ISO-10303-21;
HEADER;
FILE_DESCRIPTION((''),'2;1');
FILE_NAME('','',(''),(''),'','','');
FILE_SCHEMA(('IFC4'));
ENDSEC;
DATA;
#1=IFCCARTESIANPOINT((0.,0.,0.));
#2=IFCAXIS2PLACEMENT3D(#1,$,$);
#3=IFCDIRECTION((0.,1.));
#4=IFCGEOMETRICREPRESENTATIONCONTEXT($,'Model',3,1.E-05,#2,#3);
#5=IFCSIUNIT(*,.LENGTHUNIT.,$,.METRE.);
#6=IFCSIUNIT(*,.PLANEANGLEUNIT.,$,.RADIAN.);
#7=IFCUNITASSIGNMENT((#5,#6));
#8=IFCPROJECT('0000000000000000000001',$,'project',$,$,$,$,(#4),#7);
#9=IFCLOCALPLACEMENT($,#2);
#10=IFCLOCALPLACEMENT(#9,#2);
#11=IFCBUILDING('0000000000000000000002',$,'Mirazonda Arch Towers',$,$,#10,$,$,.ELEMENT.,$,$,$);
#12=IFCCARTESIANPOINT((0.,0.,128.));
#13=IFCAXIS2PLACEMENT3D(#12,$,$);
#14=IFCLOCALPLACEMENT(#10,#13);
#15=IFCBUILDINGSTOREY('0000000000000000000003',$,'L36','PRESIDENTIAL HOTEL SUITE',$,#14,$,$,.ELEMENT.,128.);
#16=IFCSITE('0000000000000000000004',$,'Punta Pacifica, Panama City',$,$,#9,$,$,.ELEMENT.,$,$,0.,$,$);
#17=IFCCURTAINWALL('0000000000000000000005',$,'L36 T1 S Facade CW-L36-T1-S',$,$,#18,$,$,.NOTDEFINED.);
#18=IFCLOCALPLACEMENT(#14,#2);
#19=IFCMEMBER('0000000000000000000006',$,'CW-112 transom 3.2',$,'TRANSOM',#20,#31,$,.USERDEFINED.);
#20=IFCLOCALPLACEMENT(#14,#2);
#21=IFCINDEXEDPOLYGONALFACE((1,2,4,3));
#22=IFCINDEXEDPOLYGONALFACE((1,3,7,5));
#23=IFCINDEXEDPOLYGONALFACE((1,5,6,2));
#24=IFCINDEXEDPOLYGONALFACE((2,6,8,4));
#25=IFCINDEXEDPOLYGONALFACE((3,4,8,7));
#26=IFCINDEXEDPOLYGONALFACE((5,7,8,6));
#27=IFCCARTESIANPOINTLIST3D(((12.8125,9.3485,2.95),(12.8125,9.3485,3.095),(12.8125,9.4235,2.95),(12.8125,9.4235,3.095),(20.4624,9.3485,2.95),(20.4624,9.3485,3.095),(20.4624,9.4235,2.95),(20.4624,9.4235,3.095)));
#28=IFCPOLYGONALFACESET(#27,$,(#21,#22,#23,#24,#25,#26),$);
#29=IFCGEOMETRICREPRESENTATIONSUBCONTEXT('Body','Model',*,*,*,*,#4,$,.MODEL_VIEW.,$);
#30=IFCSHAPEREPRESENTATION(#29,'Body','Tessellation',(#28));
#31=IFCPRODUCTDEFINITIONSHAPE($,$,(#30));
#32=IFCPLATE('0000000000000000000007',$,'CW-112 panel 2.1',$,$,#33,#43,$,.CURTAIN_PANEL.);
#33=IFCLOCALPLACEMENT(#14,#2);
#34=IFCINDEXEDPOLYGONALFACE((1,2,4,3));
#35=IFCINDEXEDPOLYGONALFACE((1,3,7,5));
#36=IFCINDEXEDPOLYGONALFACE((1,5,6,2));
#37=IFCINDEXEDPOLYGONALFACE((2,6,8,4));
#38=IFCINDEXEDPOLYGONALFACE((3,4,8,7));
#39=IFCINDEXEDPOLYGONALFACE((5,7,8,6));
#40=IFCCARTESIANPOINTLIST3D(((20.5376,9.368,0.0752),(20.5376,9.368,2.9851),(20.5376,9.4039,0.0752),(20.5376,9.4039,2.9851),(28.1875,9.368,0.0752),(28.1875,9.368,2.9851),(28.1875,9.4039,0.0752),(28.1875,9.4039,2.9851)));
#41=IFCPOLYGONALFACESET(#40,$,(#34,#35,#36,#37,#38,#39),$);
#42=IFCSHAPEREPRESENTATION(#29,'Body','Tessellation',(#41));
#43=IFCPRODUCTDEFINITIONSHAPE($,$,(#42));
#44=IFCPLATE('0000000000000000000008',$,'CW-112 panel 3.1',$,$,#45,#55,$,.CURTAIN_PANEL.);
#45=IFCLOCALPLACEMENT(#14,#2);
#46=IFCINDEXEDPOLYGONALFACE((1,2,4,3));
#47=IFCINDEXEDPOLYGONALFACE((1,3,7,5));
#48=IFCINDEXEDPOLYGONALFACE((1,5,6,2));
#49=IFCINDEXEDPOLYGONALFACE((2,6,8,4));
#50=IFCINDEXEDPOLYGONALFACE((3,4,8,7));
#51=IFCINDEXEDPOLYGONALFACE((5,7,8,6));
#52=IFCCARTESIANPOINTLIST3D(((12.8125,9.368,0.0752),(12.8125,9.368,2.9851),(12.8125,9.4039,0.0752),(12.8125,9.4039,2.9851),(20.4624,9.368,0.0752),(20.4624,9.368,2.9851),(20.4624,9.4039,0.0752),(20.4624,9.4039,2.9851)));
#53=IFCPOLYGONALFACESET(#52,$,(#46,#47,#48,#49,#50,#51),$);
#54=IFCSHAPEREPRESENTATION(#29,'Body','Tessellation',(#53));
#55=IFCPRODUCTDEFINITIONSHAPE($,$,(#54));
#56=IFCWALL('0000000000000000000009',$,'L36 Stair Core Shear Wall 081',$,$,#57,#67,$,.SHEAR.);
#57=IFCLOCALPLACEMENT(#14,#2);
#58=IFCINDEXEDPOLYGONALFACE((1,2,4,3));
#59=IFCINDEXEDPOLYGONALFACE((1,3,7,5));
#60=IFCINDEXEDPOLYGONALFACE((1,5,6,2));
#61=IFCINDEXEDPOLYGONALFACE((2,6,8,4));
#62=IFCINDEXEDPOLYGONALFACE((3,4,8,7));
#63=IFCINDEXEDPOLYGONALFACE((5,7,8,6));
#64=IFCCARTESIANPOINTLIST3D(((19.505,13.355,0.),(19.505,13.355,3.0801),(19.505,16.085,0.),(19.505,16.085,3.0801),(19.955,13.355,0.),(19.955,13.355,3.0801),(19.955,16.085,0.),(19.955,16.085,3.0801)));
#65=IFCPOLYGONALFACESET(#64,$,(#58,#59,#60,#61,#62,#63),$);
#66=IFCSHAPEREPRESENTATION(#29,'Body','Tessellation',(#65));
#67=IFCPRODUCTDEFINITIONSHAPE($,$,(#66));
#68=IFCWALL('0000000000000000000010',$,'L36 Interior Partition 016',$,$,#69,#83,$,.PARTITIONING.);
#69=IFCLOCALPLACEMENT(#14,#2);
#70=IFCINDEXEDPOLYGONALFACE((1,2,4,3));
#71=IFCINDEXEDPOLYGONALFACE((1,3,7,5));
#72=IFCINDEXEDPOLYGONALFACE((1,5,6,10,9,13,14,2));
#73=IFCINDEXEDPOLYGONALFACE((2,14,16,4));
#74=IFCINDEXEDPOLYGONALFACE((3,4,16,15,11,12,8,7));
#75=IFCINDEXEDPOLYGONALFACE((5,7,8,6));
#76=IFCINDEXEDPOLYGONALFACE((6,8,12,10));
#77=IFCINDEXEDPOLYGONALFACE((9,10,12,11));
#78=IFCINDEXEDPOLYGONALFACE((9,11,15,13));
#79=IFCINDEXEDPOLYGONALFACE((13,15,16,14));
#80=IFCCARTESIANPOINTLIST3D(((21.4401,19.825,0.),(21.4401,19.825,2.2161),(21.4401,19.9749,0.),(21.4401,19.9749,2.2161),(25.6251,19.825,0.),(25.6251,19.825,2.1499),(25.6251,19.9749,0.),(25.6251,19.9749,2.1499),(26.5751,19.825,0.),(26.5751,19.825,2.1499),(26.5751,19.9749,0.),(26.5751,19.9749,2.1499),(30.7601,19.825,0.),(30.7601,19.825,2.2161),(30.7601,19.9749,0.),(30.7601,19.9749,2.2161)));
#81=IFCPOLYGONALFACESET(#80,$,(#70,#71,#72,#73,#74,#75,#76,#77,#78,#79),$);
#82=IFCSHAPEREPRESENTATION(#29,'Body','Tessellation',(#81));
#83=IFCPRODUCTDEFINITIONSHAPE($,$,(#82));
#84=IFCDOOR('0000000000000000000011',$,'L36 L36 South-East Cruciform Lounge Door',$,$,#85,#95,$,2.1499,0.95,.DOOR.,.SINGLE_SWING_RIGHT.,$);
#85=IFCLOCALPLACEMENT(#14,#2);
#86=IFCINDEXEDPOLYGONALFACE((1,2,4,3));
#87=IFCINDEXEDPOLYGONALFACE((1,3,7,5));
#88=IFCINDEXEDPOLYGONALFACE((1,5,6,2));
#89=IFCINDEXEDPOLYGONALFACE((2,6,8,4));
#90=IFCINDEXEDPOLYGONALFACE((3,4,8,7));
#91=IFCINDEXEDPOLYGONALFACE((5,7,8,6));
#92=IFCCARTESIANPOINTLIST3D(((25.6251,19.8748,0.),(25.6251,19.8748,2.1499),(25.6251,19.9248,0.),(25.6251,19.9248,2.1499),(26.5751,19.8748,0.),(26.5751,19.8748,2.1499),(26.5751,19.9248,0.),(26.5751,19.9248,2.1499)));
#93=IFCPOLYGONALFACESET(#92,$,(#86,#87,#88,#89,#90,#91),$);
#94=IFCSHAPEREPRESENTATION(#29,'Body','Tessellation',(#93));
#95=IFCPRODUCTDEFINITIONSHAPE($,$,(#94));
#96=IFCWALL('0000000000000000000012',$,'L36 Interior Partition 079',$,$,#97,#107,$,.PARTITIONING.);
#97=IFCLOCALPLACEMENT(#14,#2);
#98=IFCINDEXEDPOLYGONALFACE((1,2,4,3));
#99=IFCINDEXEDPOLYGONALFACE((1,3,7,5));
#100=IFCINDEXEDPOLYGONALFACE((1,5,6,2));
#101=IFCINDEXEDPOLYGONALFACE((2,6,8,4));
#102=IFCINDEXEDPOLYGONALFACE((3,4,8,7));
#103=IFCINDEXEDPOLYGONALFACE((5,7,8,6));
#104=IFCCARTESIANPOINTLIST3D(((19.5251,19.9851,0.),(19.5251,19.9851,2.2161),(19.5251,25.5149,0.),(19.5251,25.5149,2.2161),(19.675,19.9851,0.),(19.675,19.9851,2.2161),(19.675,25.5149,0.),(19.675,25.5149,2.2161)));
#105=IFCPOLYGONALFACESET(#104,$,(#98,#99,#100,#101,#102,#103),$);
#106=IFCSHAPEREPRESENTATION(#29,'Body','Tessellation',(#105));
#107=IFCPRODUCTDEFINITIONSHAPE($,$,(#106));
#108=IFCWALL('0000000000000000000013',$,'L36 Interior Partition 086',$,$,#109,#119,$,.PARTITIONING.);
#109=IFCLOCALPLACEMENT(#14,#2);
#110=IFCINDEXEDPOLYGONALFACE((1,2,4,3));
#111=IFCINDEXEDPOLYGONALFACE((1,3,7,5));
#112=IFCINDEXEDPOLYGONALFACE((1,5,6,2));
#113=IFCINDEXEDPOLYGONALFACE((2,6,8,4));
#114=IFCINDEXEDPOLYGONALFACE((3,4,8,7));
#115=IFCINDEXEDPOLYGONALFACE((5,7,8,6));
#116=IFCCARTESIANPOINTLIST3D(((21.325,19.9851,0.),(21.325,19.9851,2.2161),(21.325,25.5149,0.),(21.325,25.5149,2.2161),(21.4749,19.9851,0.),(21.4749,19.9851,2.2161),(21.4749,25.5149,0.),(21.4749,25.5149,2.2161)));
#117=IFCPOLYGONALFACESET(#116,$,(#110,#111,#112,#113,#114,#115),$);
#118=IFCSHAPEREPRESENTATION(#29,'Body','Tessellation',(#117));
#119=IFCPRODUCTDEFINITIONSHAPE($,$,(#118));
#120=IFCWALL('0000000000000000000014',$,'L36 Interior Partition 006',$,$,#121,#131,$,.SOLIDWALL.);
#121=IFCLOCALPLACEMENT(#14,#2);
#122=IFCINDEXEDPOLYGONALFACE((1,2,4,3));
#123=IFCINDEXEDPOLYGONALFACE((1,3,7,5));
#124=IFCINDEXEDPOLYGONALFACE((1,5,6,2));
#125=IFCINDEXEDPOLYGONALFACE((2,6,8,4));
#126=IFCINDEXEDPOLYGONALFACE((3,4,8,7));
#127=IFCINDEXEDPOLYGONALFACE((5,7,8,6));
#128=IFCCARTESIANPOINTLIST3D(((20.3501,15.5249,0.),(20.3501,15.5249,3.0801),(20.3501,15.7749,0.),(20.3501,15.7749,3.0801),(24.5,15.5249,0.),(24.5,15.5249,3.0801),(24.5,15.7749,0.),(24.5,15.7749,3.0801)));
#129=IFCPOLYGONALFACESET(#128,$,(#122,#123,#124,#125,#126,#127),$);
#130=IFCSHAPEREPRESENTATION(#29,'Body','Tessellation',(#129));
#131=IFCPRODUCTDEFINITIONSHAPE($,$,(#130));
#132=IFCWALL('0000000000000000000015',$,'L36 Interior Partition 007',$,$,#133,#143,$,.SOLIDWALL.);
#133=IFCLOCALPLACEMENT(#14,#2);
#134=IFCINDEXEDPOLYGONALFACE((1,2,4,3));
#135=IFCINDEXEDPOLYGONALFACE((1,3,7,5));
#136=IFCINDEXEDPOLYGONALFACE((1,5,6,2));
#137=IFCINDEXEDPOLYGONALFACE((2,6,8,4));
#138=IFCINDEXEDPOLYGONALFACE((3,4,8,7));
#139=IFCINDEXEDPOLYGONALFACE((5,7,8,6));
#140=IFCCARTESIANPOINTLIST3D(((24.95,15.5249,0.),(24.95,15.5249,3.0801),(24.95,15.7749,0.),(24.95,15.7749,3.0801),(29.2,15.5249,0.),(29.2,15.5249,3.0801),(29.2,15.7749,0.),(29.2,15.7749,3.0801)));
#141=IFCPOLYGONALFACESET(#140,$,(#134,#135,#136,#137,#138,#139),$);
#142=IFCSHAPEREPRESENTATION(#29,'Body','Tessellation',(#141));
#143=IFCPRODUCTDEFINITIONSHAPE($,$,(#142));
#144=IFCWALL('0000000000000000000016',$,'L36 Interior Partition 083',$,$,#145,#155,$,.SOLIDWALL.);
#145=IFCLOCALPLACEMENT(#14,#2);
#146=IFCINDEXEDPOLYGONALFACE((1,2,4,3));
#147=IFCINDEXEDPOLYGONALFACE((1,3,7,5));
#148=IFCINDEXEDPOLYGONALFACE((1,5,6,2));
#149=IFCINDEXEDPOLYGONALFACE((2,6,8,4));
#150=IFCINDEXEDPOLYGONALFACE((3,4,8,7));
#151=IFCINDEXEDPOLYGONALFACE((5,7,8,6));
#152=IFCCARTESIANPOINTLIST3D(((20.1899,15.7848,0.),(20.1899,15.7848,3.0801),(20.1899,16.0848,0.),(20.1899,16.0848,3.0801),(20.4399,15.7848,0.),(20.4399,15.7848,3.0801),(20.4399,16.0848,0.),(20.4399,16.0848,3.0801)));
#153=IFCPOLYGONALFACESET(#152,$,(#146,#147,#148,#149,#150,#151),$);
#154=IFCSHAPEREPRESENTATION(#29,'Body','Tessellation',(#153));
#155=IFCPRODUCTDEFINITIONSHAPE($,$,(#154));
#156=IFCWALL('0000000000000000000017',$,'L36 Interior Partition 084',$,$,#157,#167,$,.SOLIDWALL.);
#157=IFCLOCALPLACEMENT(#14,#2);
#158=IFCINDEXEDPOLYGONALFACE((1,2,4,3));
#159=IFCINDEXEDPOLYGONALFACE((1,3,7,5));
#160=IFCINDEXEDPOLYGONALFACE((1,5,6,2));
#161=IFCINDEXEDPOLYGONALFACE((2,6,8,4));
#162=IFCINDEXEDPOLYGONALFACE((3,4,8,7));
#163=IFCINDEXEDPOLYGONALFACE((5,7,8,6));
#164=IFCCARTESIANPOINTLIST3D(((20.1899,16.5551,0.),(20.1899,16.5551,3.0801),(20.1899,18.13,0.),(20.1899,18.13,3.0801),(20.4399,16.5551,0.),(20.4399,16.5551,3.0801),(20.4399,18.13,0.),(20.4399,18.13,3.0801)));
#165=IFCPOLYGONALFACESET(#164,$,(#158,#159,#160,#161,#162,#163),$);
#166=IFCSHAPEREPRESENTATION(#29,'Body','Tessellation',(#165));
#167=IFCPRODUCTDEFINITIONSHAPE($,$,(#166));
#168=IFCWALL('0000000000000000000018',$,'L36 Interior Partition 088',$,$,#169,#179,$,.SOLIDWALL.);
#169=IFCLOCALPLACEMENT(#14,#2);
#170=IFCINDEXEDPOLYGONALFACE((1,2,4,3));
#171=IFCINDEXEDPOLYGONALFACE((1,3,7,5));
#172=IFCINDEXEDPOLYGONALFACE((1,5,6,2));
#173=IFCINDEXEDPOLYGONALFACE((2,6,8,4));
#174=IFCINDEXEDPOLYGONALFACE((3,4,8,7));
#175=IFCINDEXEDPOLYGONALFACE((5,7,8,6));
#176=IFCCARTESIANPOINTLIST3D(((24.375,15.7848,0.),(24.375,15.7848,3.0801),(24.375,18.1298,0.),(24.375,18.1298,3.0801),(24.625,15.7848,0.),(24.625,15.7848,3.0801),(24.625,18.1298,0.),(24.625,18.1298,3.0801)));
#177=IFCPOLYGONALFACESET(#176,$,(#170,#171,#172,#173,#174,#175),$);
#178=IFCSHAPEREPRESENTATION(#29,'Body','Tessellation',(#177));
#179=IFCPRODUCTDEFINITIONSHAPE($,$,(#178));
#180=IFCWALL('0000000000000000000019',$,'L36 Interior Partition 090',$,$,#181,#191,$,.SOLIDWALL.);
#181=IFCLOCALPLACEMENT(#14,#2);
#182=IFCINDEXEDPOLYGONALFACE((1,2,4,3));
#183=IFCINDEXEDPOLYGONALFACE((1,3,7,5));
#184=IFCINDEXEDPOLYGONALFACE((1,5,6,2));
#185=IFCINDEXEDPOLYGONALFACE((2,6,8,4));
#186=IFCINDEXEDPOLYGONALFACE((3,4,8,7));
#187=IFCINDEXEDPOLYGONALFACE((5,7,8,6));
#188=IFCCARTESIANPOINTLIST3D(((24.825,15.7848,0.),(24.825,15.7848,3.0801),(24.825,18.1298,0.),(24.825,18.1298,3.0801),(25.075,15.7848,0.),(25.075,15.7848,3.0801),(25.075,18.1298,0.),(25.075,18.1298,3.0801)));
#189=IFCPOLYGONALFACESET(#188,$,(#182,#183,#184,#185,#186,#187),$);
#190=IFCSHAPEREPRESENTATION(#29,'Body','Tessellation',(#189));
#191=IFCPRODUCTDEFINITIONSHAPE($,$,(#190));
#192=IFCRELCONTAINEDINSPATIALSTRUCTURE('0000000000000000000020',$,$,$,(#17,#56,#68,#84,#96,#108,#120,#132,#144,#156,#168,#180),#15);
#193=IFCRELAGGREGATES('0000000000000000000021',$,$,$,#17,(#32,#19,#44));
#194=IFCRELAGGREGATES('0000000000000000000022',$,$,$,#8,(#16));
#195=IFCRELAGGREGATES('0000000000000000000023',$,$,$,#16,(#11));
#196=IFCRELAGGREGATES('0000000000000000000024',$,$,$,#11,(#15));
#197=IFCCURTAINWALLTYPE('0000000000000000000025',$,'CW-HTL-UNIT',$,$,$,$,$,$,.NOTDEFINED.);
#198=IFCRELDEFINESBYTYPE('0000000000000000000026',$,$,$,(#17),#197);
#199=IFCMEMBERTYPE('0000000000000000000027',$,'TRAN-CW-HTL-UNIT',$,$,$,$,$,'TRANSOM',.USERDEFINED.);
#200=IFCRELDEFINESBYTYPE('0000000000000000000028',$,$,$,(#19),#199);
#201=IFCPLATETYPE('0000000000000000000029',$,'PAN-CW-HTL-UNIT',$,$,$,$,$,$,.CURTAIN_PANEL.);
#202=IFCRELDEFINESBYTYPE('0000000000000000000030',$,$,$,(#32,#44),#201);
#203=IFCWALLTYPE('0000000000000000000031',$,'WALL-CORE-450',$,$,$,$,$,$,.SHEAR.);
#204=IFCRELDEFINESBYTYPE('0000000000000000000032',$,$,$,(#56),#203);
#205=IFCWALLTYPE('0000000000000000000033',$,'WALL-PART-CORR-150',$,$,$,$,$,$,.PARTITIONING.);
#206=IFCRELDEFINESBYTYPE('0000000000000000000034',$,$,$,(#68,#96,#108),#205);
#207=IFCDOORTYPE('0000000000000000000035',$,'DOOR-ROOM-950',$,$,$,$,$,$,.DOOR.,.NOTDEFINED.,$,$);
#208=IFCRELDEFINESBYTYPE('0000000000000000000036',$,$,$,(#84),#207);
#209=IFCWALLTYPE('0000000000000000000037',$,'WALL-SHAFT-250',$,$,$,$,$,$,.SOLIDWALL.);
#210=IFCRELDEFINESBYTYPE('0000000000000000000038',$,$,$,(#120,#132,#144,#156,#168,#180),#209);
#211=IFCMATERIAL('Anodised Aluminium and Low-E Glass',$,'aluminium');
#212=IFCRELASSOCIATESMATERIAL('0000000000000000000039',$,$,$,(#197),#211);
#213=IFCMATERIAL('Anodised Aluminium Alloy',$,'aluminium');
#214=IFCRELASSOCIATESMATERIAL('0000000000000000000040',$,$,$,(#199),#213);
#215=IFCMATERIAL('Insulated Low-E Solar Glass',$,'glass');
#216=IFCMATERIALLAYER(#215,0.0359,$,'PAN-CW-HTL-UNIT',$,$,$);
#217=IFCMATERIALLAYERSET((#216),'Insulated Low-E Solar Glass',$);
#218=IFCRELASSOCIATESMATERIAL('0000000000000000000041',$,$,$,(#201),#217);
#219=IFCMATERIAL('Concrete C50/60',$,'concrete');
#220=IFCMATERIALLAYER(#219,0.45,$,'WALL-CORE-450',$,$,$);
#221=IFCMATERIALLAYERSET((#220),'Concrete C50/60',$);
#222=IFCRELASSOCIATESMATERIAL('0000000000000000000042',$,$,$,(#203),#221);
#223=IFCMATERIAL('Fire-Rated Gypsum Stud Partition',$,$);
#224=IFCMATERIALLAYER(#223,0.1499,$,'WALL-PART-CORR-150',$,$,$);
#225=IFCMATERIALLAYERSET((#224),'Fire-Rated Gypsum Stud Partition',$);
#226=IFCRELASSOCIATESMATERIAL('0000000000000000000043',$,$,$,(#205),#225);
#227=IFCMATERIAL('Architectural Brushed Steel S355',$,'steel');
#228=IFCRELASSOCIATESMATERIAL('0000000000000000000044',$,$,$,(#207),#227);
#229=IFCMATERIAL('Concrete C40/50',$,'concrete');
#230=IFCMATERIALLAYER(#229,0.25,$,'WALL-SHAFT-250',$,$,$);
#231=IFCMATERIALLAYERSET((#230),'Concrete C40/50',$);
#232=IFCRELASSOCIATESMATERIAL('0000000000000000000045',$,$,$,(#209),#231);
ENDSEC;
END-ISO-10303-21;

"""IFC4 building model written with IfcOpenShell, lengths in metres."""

from ifc_helpers import new_model, si_unit, direction, frame, frame_2d, origin, origin_2d, place, context, subcontext, project, spatial, rectangle, extrude, material, layer, layer_set, material_profile, profile_set, type_object, element, fill, aggregate, save


model = new_model("IFC4")

# Units and contexts
model_context = context("Model", 3, precision=1e-05, world=origin(), true_north=direction((0.0, 1.0)))
body_context = subcontext(model_context, "Body", "Model", "MODEL_VIEW")
ifc_project = project(units=[si_unit("LENGTHUNIT", "METRE"), si_unit("PLANEANGLEUNIT", "RADIAN")], contexts=[model_context])

# Site, building, storey
site_placement = place(None, origin())
site = spatial("IfcSite", under=ifc_project, at=site_placement, Name="Punta Pacifica, Panama City", CompositionType="ELEMENT", RefElevation=0.0)
building_placement = place(site_placement, origin())
building = spatial("IfcBuilding", under=site, at=building_placement, Name="Mirazonda Arch Towers", CompositionType="ELEMENT")
storey_placement = place(building_placement, frame((0.0, 0.0, 128.0)))
storey = spatial("IfcBuildingStorey", under=building, at=storey_placement, Name="L36", Description="PRESIDENTIAL HOTEL SUITE", CompositionType="ELEMENT", Elevation=128.0)

# Shared definitions
ifc_material_1 = material(Name="Concrete C50/60", Category="concrete")

# Curtain wall, member, plates
ifc_material_2 = material(Name="Anodised Aluminium and Low-E Glass", Category="aluminium")
curtain_wall_type = type_object("IfcCurtainWallType", Name="CW-HTL-UNIT", PredefinedType="NOTDEFINED", material=ifc_material_2)
curtain_wall_placement = place(storey_placement, origin())
curtain_wall = element("IfcCurtainWall", 1, at=curtain_wall_placement, inside=storey, type_object=curtain_wall_type, Name="L36 T1 S Facade CW-L36-T1-S", PredefinedType="NOTDEFINED")
ifc_material_3 = material(Name="Anodised Aluminium Alloy", Category="aluminium")
ifc_material_profile_1 = material_profile(ifc_material_3, rectangle(XDim=0.075, YDim=0.145, at=origin_2d()), Name="ALU-TRAN-75x145")
ifc_profile_set_1 = profile_set([ifc_material_profile_1], Name="Anodised Aluminium Alloy")
member_type_1 = type_object("IfcMemberType", Name="TRAN-CW-HTL-UNIT", ElementType="TRANSOM", PredefinedType="USERDEFINED", material=ifc_profile_set_1)
member_1_placement = place(storey_placement, frame((20.4624, 9.386, 3.0225), z_axis=(-1.0, 0.0, 0.0), x_axis=(0.0, -1.0, 0.0)))
member_1 = element("IfcMember", 2, at=member_1_placement, type_object=member_type_1, Name="CW-112 transom 3.2", ObjectType="TRANSOM", PredefinedType="USERDEFINED", context=body_context, shape_type="SweptSolid", body=[
    extrude(rectangle(XDim=0.075, YDim=0.145, at=origin_2d()), origin(), (0.0, 0.0, 1.0), 7.6499),
])
ifc_material_4 = material(Name="Insulated Low-E Solar Glass", Category="glass")
ifc_layer_1 = layer(ifc_material_4, 0.0359, Name="PAN-CW-HTL-UNIT")
ifc_layer_set_1 = layer_set([ifc_layer_1], Name="Insulated Low-E Solar Glass")
plate_type = type_object("IfcPlateType", Name="PAN-CW-HTL-UNIT", PredefinedType="CURTAIN_PANEL", material=ifc_layer_set_1)
plate_1_placement = place(storey_placement, frame((24.3625, 9.386, 0.0752), z_axis=(0.0, 0.0, 1.0), x_axis=(-1.0, 0.0, 0.0)))
plate_1 = element("IfcPlate", 3, at=plate_1_placement, type_object=plate_type, Name="CW-112 panel 2.1", PredefinedType="CURTAIN_PANEL", context=body_context, shape_type="SweptSolid", body=[
    extrude(rectangle(XDim=7.6499, YDim=0.0359, at=origin_2d()), origin(), (0.0, 0.0, 1.0), 2.9099),
])
plate_2_placement = place(storey_placement, frame((16.6375, 9.386, 0.0752), z_axis=(0.0, 0.0, 1.0), x_axis=(-1.0, 0.0, 0.0)))
plate_2 = element("IfcPlate", 4, at=plate_2_placement, type_object=plate_type, Name="CW-112 panel 3.1", PredefinedType="CURTAIN_PANEL", context=body_context, shape_type="SweptSolid", body=[
    extrude(rectangle(XDim=7.6499, YDim=0.0359, at=origin_2d()), origin(), (0.0, 0.0, 1.0), 2.9099),
])
aggregate(curtain_wall, [plate_1, member_1, plate_2])

# Wall
ifc_layer_2 = layer(ifc_material_1, 0.45, Name="WALL-CORE-450")
ifc_layer_set_2 = layer_set([ifc_layer_2], Name="Concrete C50/60")
wall_type_1 = type_object("IfcWallType", Name="WALL-CORE-450", PredefinedType="SHEAR", material=ifc_layer_set_2)
wall_1_placement = place(storey_placement, frame((19.73, 13.355, 0.0), z_axis=(0.0, 0.0, 1.0), x_axis=(0.0, 1.0, 0.0)))
element("IfcWall", 5, at=wall_1_placement, inside=storey, type_object=wall_type_1, Name="L36 Stair Core Shear Wall 081", PredefinedType="SHEAR", context=body_context, shape_type="SweptSolid", body=[
    extrude(rectangle(XDim=2.73, YDim=0.45, at=frame_2d((1.365, 0.0))), origin(), (0.0, 0.0, 1.0), 3.0801),
])

# Wall, opening, door
ifc_material_5 = material(Name="Fire-Rated Gypsum Stud Partition")
ifc_layer_3 = layer(ifc_material_5, 0.1499, Name="WALL-PART-CORR-150")
ifc_layer_set_3 = layer_set([ifc_layer_3], Name="Fire-Rated Gypsum Stud Partition")
wall_type_2 = type_object("IfcWallType", Name="WALL-PART-CORR-150", PredefinedType="PARTITIONING", material=ifc_layer_set_3)
wall_2_placement = place(storey_placement, frame((21.4399, 19.8999, 0.0), z_axis=(0.0, 0.0, 1.0), x_axis=(1.0, 0.0, 0.0)))
wall_2 = element("IfcWall", 6, at=wall_2_placement, inside=storey, type_object=wall_type_2, Name="L36 Interior Partition 016", PredefinedType="PARTITIONING", context=body_context, shape_type="SweptSolid", body=[
    extrude(rectangle(XDim=9.3201, YDim=0.1499, at=frame_2d((4.6602, 0.0))), origin(), (0.0, 0.0, 1.0), 2.2161),
])
opening_placement = place(wall_2_placement, frame((4.1851, 0.0, 0.0)))
opening = element("IfcOpeningElement", 7, at=opening_placement, cuts=wall_2, PredefinedType="OPENING", context=body_context, shape_type="SweptSolid", body=[
    extrude(rectangle(XDim=0.95, YDim=2.1499, at=frame_2d((0.4751, 1.075))), frame((0.0, 0.085, 0.0), z_axis=(0.0, -1.0, 0.0), x_axis=(1.0, 0.0, 0.0)), (0.0, 0.0, 1.0), 0.1699),
])
ifc_material_6 = material(Name="Architectural Brushed Steel S355", Category="steel")
door_type = type_object("IfcDoorType", Name="DOOR-ROOM-950", OperationType="NOTDEFINED", PredefinedType="DOOR", material=ifc_material_6)
door_placement = place(opening_placement, origin())
door = element("IfcDoor", 8, at=door_placement, inside=storey, type_object=door_type, Name="L36 L36 South-East Cruciform Lounge Door", OperationType="SINGLE_SWING_RIGHT", OverallHeight=2.1499, OverallWidth=0.95, PredefinedType="DOOR", context=body_context, shape_type="SweptSolid", body=[
    extrude(rectangle(XDim=0.95, YDim=2.1499, at=frame_2d((0.4751, 1.075))), frame((0.0, 0.0249, 0.0), z_axis=(0.0, -1.0, 0.0), x_axis=(1.0, 0.0, 0.0)), (0.0, 0.0, 1.0), 0.05),
])
fill(opening, door)

# Walls
for number, where, z_axis, x_axis, name in (
    (9, (19.6001, 19.9851, 0.0), (0.0, 0.0, 1.0), (0.0, 1.0, 0.0), "L36 Interior Partition 079"),
    (10, (21.3999, 19.9851, 0.0), (0.0, 0.0, 1.0), (0.0, 1.0, 0.0), "L36 Interior Partition 086"),
):
    element("IfcWall", number, at=place(storey_placement, frame(where, z_axis=z_axis, x_axis=x_axis)), inside=storey, type_object=wall_type_2, Name=name, PredefinedType="PARTITIONING", context=body_context, shape_type="SweptSolid", body=[
        extrude(rectangle(XDim=5.5298, YDim=0.1499, at=frame_2d((2.7649, 0.0))), origin(), (0.0, 0.0, 1.0), 2.2161),
    ])
ifc_material_7 = material(Name="Concrete C40/50", Category="concrete")
ifc_layer_4 = layer(ifc_material_7, 0.25, Name="WALL-SHAFT-250")
ifc_layer_set_4 = layer_set([ifc_layer_4], Name="Concrete C40/50")
wall_type_3 = type_object("IfcWallType", Name="WALL-SHAFT-250", PredefinedType="SOLIDWALL", material=ifc_layer_set_4)
wall_3_placement = place(storey_placement, frame((20.3501, 15.6499, 0.0), z_axis=(0.0, 0.0, 1.0), x_axis=(1.0, 0.0, 0.0)))
element("IfcWall", 11, at=wall_3_placement, inside=storey, type_object=wall_type_3, Name="L36 Interior Partition 006", PredefinedType="SOLIDWALL", context=body_context, shape_type="SweptSolid", body=[
    extrude(rectangle(XDim=4.1499, YDim=0.25, at=frame_2d((2.075, 0.0))), origin(), (0.0, 0.0, 1.0), 3.0801),
])
wall_4_placement = place(storey_placement, frame((24.95, 15.6499, 0.0), z_axis=(0.0, 0.0, 1.0), x_axis=(1.0, 0.0, 0.0)))
element("IfcWall", 12, at=wall_4_placement, inside=storey, type_object=wall_type_3, Name="L36 Interior Partition 007", PredefinedType="SOLIDWALL", context=body_context, shape_type="SweptSolid", body=[
    extrude(rectangle(XDim=4.25, YDim=0.25, at=frame_2d((2.125, 0.0))), origin(), (0.0, 0.0, 1.0), 3.0801),
])
wall_5_placement = place(storey_placement, frame((20.3149, 15.7849, 0.0), z_axis=(0.0, 0.0, 1.0), x_axis=(0.0, 1.0, 0.0)))
element("IfcWall", 13, at=wall_5_placement, inside=storey, type_object=wall_type_3, Name="L36 Interior Partition 083", PredefinedType="SOLIDWALL", context=body_context, shape_type="SweptSolid", body=[
    extrude(rectangle(XDim=0.3, YDim=0.25, at=frame_2d((0.1499, 0.0))), origin(), (0.0, 0.0, 1.0), 3.0801),
])
wall_6_placement = place(storey_placement, frame((20.3149, 16.5549, 0.0), z_axis=(0.0, 0.0, 1.0), x_axis=(0.0, 1.0, 0.0)))
element("IfcWall", 14, at=wall_6_placement, inside=storey, type_object=wall_type_3, Name="L36 Interior Partition 084", PredefinedType="SOLIDWALL", context=body_context, shape_type="SweptSolid", body=[
    extrude(rectangle(XDim=1.575, YDim=0.25, at=frame_2d((0.7876, 0.0))), origin(), (0.0, 0.0, 1.0), 3.0801),
])
for number, where, z_axis, x_axis, name in (
    (15, (24.5, 15.7849, 0.0), (0.0, 0.0, 1.0), (0.0, 1.0, 0.0), "L36 Interior Partition 088"),
    (16, (24.95, 15.7849, 0.0), (0.0, 0.0, 1.0), (0.0, 1.0, 0.0), "L36 Interior Partition 090"),
):
    element("IfcWall", number, at=place(storey_placement, frame(where, z_axis=z_axis, x_axis=x_axis)), inside=storey, type_object=wall_type_3, Name=name, PredefinedType="SOLIDWALL", context=body_context, shape_type="SweptSolid", body=[
        extrude(rectangle(XDim=2.345, YDim=0.25, at=frame_2d((1.1724, 0.0))), origin(), (0.0, 0.0, 1.0), 3.0801),
    ])

save(model, "model.ifc")
